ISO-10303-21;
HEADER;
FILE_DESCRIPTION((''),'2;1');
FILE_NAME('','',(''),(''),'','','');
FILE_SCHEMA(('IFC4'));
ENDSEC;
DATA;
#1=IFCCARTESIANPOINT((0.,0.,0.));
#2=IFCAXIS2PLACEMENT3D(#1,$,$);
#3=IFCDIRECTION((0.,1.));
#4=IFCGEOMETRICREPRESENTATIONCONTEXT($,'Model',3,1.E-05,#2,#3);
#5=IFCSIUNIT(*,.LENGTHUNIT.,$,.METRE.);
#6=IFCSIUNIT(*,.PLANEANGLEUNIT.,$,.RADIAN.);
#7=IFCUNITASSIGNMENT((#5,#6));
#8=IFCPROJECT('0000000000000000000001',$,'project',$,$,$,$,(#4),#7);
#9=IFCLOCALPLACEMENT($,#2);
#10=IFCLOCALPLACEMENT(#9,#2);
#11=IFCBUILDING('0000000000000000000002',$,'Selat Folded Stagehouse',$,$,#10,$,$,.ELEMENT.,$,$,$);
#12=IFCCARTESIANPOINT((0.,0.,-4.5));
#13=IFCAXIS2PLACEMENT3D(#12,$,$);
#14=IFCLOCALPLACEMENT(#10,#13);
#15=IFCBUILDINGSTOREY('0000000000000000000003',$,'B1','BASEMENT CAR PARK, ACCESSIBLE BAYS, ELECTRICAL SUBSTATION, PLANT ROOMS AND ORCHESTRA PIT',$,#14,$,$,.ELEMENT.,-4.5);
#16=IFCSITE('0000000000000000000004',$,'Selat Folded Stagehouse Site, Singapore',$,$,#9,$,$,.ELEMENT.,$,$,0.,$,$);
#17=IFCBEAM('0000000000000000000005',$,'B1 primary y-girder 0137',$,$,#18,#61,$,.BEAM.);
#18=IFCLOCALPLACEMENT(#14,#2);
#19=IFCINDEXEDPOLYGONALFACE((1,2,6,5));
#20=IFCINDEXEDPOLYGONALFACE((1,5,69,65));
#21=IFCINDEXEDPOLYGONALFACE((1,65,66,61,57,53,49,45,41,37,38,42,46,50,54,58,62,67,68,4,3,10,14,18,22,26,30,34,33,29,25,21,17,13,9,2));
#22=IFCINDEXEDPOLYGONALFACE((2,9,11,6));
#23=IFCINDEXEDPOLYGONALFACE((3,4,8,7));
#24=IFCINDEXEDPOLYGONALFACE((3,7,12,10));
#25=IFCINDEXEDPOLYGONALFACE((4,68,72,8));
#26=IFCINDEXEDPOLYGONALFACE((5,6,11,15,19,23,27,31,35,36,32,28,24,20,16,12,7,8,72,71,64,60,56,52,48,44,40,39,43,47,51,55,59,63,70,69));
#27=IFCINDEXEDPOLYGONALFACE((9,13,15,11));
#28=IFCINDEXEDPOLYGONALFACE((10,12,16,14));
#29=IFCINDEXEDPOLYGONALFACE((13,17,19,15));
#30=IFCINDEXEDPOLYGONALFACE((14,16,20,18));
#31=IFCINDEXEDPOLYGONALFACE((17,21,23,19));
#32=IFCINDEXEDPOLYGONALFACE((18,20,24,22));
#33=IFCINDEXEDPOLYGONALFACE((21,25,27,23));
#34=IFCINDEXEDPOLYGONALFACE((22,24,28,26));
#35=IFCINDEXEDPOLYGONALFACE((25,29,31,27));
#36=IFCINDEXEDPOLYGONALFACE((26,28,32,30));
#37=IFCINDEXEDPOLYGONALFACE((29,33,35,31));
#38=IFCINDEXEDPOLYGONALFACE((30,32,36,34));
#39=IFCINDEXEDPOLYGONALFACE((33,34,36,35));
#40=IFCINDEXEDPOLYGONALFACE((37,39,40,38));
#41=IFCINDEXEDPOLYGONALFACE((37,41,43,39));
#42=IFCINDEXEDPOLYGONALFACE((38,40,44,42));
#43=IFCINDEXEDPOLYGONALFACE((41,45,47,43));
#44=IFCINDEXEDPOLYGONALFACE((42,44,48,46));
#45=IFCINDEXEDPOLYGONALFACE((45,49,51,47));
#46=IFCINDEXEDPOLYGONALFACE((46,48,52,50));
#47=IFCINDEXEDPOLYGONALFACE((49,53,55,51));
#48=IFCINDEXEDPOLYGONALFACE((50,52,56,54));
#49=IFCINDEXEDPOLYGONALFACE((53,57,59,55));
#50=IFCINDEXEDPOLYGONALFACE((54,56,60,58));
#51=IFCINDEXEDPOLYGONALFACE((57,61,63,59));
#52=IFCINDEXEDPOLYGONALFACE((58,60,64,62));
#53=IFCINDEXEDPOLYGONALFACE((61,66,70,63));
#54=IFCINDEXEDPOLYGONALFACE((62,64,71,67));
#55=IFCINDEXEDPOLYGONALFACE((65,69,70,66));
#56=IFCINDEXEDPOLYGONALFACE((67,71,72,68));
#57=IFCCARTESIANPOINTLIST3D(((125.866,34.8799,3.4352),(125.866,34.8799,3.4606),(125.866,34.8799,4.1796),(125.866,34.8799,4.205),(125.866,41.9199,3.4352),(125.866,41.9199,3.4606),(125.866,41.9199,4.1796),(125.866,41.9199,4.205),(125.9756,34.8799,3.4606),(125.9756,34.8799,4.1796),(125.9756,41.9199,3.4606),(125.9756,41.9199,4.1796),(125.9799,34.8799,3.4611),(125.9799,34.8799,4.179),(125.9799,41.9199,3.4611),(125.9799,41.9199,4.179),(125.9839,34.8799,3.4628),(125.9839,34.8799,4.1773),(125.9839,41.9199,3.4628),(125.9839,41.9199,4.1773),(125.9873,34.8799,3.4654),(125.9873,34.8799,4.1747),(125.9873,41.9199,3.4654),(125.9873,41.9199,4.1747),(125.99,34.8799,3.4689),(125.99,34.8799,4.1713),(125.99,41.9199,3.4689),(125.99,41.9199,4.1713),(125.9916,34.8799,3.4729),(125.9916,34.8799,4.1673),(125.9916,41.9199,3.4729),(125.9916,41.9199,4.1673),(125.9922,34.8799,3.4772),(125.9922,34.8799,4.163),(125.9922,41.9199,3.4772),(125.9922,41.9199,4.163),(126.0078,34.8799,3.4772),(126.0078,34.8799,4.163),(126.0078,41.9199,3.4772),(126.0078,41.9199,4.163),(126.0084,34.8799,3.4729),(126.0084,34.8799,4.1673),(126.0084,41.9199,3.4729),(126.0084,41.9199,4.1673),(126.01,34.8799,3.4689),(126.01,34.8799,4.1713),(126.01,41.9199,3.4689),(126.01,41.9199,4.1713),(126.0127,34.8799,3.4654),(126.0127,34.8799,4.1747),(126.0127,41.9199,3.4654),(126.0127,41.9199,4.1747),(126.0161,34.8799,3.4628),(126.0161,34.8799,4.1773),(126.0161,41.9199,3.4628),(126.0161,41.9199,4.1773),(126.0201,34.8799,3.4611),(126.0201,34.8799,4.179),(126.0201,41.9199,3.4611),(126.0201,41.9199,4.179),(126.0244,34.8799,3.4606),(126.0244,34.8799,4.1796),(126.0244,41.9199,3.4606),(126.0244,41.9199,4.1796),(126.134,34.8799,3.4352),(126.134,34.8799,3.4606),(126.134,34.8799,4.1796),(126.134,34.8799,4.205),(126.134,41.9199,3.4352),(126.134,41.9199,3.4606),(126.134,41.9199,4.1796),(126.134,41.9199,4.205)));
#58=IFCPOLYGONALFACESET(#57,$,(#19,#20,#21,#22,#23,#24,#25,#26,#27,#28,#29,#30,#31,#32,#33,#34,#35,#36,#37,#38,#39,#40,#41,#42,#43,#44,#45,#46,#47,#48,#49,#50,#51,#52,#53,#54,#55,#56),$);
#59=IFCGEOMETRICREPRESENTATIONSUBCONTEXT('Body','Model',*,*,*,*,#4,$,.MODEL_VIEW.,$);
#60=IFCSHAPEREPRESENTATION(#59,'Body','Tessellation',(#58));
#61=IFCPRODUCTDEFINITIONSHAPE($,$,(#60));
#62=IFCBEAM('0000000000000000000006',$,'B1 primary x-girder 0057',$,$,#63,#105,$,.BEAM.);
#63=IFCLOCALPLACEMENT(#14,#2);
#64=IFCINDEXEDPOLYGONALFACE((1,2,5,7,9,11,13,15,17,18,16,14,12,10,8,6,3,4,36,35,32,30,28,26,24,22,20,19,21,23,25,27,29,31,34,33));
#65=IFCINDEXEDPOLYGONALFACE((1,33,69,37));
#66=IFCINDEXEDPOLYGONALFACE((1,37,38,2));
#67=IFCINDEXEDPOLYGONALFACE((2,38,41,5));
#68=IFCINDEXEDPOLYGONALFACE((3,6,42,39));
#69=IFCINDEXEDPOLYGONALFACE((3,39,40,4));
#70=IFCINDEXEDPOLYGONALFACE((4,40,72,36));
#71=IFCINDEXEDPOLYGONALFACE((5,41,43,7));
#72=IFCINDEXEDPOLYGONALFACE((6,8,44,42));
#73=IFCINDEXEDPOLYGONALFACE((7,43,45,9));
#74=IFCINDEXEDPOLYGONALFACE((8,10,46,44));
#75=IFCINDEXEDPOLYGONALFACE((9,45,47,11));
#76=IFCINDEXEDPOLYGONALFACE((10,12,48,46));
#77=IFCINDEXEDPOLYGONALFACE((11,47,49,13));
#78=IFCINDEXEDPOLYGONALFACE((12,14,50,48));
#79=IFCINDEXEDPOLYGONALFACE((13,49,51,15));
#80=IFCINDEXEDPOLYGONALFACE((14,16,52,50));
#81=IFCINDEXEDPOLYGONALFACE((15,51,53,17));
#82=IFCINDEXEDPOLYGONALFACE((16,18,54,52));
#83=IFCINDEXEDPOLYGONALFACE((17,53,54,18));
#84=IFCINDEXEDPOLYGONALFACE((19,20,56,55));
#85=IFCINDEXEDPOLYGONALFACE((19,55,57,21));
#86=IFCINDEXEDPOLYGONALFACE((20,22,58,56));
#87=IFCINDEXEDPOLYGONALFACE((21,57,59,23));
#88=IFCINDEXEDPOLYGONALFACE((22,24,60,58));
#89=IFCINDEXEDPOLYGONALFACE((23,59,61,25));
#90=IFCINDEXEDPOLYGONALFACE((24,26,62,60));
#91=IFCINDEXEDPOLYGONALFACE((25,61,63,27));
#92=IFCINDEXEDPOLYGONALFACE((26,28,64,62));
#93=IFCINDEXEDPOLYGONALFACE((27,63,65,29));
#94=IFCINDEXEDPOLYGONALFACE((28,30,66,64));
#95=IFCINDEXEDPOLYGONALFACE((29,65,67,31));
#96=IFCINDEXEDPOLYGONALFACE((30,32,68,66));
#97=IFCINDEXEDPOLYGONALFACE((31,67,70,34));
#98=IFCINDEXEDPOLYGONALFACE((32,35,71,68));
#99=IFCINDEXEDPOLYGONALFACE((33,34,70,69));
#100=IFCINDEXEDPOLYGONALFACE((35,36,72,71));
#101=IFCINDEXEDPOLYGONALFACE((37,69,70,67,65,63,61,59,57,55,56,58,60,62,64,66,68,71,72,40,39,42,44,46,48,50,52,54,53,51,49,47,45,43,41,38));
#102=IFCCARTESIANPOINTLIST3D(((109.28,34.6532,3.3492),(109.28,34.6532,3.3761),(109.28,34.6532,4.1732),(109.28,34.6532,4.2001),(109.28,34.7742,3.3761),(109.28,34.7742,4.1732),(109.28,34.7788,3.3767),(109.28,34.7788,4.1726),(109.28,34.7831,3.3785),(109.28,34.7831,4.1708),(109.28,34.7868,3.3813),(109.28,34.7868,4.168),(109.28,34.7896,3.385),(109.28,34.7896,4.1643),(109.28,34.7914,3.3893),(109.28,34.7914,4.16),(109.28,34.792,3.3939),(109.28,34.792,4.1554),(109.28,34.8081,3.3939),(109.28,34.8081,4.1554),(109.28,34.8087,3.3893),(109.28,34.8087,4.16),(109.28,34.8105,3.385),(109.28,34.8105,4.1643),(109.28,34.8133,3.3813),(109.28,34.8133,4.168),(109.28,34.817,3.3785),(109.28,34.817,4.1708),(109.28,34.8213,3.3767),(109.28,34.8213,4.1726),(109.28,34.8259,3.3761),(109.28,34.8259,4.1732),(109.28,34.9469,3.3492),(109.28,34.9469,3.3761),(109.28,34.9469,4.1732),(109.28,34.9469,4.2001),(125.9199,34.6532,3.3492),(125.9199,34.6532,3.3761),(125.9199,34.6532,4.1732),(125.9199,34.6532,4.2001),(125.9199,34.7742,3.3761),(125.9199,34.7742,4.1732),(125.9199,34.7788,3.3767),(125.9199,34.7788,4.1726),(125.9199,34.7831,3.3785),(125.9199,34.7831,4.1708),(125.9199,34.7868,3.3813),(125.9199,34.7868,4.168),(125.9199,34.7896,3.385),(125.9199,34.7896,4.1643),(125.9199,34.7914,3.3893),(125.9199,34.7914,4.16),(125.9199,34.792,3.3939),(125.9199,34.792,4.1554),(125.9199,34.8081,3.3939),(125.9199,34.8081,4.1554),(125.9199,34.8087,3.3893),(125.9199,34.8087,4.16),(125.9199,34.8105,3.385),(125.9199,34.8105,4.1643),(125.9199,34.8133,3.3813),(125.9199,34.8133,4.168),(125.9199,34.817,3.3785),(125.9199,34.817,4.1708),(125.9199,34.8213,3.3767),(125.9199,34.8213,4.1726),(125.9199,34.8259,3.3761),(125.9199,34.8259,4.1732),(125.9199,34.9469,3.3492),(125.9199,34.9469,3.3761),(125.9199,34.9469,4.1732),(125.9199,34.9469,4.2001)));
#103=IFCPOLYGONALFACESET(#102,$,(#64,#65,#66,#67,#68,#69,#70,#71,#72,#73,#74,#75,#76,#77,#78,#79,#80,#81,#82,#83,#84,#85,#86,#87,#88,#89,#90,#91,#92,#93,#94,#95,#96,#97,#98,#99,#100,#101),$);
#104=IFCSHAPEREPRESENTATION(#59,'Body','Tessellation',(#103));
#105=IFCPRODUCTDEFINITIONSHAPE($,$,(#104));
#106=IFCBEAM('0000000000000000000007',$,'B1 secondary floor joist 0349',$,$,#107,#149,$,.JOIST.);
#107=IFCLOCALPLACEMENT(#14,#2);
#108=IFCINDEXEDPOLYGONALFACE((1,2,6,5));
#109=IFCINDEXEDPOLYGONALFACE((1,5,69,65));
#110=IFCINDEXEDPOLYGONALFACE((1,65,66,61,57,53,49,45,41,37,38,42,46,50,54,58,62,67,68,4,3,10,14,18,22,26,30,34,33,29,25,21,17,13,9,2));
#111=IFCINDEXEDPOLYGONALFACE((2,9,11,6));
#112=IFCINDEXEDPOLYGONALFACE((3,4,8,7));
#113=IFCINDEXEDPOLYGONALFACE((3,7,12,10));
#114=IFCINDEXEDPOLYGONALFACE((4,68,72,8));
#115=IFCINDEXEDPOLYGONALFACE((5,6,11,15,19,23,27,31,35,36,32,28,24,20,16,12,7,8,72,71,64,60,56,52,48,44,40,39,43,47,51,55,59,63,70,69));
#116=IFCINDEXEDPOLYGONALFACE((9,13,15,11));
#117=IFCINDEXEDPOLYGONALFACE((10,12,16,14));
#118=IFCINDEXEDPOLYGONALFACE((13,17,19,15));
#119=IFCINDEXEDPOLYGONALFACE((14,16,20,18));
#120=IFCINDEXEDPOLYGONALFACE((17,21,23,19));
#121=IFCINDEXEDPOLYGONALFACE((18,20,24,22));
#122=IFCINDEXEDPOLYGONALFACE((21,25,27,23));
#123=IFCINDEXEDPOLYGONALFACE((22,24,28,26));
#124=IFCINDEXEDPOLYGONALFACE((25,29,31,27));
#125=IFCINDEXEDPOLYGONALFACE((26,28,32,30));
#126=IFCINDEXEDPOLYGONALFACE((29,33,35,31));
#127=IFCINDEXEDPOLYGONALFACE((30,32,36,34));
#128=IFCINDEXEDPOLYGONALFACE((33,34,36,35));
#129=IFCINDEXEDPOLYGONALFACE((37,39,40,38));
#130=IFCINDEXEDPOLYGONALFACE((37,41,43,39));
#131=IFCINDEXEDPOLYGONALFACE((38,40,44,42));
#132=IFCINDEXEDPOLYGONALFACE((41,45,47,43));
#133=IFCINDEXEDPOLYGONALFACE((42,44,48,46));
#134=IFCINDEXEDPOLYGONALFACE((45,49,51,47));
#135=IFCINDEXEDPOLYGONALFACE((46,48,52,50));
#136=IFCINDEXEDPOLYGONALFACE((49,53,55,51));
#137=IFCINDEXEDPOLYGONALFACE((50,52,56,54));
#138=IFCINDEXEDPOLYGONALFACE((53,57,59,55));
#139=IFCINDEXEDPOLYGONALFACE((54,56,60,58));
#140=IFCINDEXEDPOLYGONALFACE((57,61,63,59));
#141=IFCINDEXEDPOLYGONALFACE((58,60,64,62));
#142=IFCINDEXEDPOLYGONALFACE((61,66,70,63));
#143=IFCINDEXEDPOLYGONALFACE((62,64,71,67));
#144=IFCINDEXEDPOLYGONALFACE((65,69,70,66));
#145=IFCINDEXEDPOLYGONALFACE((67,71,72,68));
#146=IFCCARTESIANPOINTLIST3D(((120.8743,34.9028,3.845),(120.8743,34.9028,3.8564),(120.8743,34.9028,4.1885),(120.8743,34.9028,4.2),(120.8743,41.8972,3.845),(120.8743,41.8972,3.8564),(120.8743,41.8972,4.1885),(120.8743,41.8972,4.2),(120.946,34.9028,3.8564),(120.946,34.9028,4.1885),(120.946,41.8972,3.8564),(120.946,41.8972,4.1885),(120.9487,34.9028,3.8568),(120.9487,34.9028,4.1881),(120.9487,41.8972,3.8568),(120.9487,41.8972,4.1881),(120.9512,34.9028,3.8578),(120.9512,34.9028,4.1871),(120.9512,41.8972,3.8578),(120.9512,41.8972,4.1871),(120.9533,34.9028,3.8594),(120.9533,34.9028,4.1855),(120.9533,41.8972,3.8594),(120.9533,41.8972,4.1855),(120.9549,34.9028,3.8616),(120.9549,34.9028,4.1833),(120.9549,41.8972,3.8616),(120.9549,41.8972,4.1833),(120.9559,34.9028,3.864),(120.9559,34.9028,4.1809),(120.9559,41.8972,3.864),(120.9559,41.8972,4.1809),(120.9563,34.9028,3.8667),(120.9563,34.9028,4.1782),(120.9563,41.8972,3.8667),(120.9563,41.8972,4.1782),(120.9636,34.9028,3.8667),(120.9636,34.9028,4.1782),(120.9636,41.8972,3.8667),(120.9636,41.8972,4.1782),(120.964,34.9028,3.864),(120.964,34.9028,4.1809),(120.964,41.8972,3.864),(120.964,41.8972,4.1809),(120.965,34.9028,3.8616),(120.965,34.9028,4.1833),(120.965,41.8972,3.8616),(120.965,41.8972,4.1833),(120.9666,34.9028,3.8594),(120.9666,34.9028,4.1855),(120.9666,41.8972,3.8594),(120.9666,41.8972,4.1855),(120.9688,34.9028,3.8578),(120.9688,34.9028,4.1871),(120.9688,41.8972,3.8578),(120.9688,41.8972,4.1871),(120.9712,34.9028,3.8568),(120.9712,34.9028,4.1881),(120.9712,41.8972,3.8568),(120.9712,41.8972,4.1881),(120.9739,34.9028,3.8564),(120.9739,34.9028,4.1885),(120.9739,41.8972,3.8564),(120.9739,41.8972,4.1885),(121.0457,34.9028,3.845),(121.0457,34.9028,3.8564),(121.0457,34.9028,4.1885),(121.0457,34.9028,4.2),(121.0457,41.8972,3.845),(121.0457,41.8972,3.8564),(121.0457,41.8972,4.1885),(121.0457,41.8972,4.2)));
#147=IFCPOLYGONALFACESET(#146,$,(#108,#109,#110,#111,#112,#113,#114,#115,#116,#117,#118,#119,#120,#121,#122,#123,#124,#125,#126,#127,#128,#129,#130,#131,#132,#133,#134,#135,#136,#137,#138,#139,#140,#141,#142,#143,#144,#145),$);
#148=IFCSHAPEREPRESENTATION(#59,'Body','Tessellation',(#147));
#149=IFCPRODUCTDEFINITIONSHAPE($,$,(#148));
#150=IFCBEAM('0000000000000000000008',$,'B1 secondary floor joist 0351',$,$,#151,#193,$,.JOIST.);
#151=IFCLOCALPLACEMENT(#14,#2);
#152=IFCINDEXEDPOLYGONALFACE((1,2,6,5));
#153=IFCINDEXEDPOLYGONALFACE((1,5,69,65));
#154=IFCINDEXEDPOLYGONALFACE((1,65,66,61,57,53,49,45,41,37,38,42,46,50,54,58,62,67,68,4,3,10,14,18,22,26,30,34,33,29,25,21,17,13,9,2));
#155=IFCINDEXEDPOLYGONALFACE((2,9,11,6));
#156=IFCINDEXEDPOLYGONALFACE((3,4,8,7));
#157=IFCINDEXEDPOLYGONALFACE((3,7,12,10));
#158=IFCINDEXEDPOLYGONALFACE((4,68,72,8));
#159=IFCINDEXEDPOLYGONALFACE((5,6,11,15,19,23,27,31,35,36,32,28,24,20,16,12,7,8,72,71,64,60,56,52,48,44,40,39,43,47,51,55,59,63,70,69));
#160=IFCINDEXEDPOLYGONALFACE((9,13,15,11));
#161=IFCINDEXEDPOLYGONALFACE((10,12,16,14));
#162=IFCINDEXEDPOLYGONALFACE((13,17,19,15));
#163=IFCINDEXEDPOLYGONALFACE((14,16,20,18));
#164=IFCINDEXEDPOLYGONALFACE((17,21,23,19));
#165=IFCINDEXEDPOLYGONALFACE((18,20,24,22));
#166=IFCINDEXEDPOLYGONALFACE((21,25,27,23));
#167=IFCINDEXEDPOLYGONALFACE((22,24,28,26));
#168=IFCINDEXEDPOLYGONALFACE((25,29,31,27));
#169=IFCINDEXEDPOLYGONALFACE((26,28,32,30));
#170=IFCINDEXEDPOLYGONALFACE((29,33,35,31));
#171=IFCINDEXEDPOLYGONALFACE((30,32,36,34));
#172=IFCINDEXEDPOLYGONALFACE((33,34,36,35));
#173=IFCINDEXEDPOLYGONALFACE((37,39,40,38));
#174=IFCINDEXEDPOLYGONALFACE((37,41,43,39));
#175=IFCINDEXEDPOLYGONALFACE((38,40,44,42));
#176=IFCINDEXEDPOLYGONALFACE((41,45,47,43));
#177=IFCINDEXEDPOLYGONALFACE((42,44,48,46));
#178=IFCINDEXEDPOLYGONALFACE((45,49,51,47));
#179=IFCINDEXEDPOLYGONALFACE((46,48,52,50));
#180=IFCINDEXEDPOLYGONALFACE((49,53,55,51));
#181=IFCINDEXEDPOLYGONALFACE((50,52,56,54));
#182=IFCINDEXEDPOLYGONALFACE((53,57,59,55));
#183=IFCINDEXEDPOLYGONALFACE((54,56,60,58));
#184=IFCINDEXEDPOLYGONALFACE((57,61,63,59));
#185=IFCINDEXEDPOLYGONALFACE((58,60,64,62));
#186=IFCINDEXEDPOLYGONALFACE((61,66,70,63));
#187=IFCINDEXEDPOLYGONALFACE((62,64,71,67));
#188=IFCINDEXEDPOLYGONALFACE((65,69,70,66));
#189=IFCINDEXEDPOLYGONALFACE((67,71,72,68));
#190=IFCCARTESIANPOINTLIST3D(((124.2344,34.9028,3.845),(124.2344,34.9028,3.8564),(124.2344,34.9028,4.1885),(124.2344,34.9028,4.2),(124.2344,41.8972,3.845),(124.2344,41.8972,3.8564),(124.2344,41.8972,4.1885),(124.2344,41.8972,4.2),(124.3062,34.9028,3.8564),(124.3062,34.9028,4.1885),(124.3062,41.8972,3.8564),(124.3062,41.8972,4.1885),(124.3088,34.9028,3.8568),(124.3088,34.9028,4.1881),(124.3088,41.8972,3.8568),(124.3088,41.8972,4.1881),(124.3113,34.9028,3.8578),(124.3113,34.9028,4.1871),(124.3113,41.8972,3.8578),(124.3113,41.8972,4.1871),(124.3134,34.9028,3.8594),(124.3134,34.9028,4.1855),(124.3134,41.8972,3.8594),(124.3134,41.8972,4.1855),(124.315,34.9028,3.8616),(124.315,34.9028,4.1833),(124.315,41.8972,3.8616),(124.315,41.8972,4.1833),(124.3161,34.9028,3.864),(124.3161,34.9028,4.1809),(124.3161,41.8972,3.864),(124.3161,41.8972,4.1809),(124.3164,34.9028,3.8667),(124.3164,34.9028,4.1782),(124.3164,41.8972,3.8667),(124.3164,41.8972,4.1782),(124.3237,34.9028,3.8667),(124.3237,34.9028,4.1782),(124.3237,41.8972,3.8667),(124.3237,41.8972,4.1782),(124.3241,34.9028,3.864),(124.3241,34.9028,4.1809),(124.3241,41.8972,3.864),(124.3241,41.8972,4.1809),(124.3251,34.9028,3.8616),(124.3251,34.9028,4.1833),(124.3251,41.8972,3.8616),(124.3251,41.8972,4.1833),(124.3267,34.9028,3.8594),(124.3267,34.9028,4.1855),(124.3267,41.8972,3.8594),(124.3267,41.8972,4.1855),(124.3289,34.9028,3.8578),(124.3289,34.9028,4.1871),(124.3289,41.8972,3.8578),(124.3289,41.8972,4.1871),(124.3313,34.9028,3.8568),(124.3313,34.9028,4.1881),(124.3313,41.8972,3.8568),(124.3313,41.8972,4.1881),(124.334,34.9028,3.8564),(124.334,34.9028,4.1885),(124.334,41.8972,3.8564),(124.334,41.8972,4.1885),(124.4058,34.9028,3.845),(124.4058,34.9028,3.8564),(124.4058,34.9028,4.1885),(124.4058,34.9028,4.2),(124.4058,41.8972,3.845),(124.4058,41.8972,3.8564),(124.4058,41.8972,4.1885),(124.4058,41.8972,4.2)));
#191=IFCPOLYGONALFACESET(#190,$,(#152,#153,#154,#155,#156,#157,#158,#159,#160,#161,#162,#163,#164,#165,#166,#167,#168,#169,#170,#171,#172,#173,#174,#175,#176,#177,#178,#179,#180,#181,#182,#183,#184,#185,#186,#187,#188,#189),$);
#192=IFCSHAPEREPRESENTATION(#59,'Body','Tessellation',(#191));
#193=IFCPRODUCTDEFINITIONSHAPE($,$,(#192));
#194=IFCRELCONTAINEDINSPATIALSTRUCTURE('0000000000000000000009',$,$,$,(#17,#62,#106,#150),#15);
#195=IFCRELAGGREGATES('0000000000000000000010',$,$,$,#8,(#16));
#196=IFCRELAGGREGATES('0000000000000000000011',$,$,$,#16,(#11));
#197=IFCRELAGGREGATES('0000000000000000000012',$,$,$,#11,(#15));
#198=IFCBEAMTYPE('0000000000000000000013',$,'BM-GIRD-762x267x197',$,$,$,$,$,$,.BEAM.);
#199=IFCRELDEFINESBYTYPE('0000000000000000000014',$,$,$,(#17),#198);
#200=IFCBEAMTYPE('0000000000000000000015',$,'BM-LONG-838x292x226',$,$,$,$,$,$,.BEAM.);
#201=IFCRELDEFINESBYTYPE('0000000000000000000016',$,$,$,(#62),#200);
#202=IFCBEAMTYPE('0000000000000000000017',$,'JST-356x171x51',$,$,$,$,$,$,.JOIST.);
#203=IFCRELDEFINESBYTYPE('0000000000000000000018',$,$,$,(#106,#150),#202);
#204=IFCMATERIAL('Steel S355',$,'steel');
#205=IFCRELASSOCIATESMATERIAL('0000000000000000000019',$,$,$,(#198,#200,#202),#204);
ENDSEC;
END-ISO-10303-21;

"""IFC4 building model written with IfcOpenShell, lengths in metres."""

from ifc_helpers import new_model, si_unit, direction, frame, origin, origin_2d, place, context, subcontext, project, spatial, i_section, extrude, material, material_profile, profile_set, type_object, element, save


model = new_model("IFC4")

# Units and contexts
model_context = context("Model", 3, precision=1e-05, world=origin(), true_north=direction((0.0, 1.0)))
body_context = subcontext(model_context, "Body", "Model", "MODEL_VIEW")
ifc_project = project(units=[si_unit("LENGTHUNIT", "METRE"), si_unit("PLANEANGLEUNIT", "RADIAN")], contexts=[model_context])

# Site, building, storey
site_placement = place(None, origin())
site = spatial("IfcSite", under=ifc_project, at=site_placement, Name="Selat Folded Stagehouse Site, Singapore", CompositionType="ELEMENT", RefElevation=0.0)
building_placement = place(site_placement, origin())
building = spatial("IfcBuilding", under=site, at=building_placement, Name="Selat Folded Stagehouse", CompositionType="ELEMENT")
storey_placement = place(building_placement, frame((0.0, 0.0, -4.5)))
storey = spatial("IfcBuildingStorey", under=building, at=storey_placement, Name="B1", Description="BASEMENT CAR PARK, ACCESSIBLE BAYS, ELECTRICAL SUBSTATION, PLANT ROOMS AND ORCHESTRA PIT", CompositionType="ELEMENT", Elevation=-4.5)

# Shared definitions
ifc_material_1 = material(Name="Steel S355", Category="steel")

# Beams
ifc_material_profile_1 = material_profile(ifc_material_1, i_section(OverallWidth=0.2681, OverallDepth=0.7698, WebThickness=0.0156, FlangeThickness=0.0254, FilletRadius=0.0166, at=origin_2d()), Name="UKB 762x267x197")
ifc_profile_set_1 = profile_set([ifc_material_profile_1], Name="Steel S355")
beam_type_1 = type_object("IfcBeamType", Name="BM-GIRD-762x267x197", PredefinedType="BEAM", material=ifc_profile_set_1)
beam_1_placement = place(storey_placement, frame((126.0, 34.8799, 3.8201), z_axis=(0.0, 1.0, 0.0), x_axis=(-1.0, 0.0, 0.0)))
element("IfcBeam", 1, at=beam_1_placement, inside=storey, type_object=beam_type_1, Name="B1 primary y-girder 0137", PredefinedType="BEAM", context=body_context, shape_type="SweptSolid", body=[
    extrude(i_section(OverallWidth=0.2681, OverallDepth=0.7698, WebThickness=0.0156, FlangeThickness=0.0254, FilletRadius=0.0166, at=origin_2d()), origin(), (0.0, 0.0, 1.0), 7.04),
])
ifc_material_profile_2 = material_profile(ifc_material_1, i_section(OverallWidth=0.2937, OverallDepth=0.8508, WebThickness=0.0161, FlangeThickness=0.0269, FilletRadius=0.0178, at=origin_2d()), Name="UKB 838x292x226")
ifc_profile_set_2 = profile_set([ifc_material_profile_2], Name="Steel S355")
beam_type_2 = type_object("IfcBeamType", Name="BM-LONG-838x292x226", PredefinedType="BEAM", material=ifc_profile_set_2)
beam_2_placement = place(storey_placement, frame((109.28, 34.8, 3.7747), z_axis=(1.0, 0.0, 0.0), x_axis=(0.0, 1.0, 0.0)))
element("IfcBeam", 2, at=beam_2_placement, inside=storey, type_object=beam_type_2, Name="B1 primary x-girder 0057", PredefinedType="BEAM", context=body_context, shape_type="SweptSolid", body=[
    extrude(i_section(OverallWidth=0.2937, OverallDepth=0.8508, WebThickness=0.0161, FlangeThickness=0.0269, FilletRadius=0.0178, at=origin_2d()), origin(), (0.0, 0.0, 1.0), 16.6399),
])
ifc_material_profile_3 = material_profile(ifc_material_1, i_section(OverallWidth=0.1714, OverallDepth=0.355, WebThickness=0.0073, FlangeThickness=0.0115, FilletRadius=0.0103, at=origin_2d()), Name="UKB 356x171x51")
ifc_profile_set_3 = profile_set([ifc_material_profile_3], Name="Steel S355")
beam_type_3 = type_object("IfcBeamType", Name="JST-356x171x51", PredefinedType="JOIST", material=ifc_profile_set_3)
for number, where, z_axis, x_axis, name in (
    (3, (120.96, 34.9028, 4.0225), (0.0, 1.0, 0.0), (-1.0, 0.0, 0.0), "B1 secondary floor joist 0349"),
    (4, (124.3201, 34.9028, 4.0225), (0.0, 1.0, 0.0), (-1.0, 0.0, 0.0), "B1 secondary floor joist 0351"),
):
    element("IfcBeam", number, at=place(storey_placement, frame(where, z_axis=z_axis, x_axis=x_axis)), inside=storey, type_object=beam_type_3, Name=name, PredefinedType="JOIST", context=body_context, shape_type="SweptSolid", body=[
        extrude(i_section(OverallWidth=0.1714, OverallDepth=0.355, WebThickness=0.0073, FlangeThickness=0.0115, FilletRadius=0.0103, at=origin_2d()), origin(), (0.0, 0.0, 1.0), 6.9944),
    ])

save(model, "model.ifc")
